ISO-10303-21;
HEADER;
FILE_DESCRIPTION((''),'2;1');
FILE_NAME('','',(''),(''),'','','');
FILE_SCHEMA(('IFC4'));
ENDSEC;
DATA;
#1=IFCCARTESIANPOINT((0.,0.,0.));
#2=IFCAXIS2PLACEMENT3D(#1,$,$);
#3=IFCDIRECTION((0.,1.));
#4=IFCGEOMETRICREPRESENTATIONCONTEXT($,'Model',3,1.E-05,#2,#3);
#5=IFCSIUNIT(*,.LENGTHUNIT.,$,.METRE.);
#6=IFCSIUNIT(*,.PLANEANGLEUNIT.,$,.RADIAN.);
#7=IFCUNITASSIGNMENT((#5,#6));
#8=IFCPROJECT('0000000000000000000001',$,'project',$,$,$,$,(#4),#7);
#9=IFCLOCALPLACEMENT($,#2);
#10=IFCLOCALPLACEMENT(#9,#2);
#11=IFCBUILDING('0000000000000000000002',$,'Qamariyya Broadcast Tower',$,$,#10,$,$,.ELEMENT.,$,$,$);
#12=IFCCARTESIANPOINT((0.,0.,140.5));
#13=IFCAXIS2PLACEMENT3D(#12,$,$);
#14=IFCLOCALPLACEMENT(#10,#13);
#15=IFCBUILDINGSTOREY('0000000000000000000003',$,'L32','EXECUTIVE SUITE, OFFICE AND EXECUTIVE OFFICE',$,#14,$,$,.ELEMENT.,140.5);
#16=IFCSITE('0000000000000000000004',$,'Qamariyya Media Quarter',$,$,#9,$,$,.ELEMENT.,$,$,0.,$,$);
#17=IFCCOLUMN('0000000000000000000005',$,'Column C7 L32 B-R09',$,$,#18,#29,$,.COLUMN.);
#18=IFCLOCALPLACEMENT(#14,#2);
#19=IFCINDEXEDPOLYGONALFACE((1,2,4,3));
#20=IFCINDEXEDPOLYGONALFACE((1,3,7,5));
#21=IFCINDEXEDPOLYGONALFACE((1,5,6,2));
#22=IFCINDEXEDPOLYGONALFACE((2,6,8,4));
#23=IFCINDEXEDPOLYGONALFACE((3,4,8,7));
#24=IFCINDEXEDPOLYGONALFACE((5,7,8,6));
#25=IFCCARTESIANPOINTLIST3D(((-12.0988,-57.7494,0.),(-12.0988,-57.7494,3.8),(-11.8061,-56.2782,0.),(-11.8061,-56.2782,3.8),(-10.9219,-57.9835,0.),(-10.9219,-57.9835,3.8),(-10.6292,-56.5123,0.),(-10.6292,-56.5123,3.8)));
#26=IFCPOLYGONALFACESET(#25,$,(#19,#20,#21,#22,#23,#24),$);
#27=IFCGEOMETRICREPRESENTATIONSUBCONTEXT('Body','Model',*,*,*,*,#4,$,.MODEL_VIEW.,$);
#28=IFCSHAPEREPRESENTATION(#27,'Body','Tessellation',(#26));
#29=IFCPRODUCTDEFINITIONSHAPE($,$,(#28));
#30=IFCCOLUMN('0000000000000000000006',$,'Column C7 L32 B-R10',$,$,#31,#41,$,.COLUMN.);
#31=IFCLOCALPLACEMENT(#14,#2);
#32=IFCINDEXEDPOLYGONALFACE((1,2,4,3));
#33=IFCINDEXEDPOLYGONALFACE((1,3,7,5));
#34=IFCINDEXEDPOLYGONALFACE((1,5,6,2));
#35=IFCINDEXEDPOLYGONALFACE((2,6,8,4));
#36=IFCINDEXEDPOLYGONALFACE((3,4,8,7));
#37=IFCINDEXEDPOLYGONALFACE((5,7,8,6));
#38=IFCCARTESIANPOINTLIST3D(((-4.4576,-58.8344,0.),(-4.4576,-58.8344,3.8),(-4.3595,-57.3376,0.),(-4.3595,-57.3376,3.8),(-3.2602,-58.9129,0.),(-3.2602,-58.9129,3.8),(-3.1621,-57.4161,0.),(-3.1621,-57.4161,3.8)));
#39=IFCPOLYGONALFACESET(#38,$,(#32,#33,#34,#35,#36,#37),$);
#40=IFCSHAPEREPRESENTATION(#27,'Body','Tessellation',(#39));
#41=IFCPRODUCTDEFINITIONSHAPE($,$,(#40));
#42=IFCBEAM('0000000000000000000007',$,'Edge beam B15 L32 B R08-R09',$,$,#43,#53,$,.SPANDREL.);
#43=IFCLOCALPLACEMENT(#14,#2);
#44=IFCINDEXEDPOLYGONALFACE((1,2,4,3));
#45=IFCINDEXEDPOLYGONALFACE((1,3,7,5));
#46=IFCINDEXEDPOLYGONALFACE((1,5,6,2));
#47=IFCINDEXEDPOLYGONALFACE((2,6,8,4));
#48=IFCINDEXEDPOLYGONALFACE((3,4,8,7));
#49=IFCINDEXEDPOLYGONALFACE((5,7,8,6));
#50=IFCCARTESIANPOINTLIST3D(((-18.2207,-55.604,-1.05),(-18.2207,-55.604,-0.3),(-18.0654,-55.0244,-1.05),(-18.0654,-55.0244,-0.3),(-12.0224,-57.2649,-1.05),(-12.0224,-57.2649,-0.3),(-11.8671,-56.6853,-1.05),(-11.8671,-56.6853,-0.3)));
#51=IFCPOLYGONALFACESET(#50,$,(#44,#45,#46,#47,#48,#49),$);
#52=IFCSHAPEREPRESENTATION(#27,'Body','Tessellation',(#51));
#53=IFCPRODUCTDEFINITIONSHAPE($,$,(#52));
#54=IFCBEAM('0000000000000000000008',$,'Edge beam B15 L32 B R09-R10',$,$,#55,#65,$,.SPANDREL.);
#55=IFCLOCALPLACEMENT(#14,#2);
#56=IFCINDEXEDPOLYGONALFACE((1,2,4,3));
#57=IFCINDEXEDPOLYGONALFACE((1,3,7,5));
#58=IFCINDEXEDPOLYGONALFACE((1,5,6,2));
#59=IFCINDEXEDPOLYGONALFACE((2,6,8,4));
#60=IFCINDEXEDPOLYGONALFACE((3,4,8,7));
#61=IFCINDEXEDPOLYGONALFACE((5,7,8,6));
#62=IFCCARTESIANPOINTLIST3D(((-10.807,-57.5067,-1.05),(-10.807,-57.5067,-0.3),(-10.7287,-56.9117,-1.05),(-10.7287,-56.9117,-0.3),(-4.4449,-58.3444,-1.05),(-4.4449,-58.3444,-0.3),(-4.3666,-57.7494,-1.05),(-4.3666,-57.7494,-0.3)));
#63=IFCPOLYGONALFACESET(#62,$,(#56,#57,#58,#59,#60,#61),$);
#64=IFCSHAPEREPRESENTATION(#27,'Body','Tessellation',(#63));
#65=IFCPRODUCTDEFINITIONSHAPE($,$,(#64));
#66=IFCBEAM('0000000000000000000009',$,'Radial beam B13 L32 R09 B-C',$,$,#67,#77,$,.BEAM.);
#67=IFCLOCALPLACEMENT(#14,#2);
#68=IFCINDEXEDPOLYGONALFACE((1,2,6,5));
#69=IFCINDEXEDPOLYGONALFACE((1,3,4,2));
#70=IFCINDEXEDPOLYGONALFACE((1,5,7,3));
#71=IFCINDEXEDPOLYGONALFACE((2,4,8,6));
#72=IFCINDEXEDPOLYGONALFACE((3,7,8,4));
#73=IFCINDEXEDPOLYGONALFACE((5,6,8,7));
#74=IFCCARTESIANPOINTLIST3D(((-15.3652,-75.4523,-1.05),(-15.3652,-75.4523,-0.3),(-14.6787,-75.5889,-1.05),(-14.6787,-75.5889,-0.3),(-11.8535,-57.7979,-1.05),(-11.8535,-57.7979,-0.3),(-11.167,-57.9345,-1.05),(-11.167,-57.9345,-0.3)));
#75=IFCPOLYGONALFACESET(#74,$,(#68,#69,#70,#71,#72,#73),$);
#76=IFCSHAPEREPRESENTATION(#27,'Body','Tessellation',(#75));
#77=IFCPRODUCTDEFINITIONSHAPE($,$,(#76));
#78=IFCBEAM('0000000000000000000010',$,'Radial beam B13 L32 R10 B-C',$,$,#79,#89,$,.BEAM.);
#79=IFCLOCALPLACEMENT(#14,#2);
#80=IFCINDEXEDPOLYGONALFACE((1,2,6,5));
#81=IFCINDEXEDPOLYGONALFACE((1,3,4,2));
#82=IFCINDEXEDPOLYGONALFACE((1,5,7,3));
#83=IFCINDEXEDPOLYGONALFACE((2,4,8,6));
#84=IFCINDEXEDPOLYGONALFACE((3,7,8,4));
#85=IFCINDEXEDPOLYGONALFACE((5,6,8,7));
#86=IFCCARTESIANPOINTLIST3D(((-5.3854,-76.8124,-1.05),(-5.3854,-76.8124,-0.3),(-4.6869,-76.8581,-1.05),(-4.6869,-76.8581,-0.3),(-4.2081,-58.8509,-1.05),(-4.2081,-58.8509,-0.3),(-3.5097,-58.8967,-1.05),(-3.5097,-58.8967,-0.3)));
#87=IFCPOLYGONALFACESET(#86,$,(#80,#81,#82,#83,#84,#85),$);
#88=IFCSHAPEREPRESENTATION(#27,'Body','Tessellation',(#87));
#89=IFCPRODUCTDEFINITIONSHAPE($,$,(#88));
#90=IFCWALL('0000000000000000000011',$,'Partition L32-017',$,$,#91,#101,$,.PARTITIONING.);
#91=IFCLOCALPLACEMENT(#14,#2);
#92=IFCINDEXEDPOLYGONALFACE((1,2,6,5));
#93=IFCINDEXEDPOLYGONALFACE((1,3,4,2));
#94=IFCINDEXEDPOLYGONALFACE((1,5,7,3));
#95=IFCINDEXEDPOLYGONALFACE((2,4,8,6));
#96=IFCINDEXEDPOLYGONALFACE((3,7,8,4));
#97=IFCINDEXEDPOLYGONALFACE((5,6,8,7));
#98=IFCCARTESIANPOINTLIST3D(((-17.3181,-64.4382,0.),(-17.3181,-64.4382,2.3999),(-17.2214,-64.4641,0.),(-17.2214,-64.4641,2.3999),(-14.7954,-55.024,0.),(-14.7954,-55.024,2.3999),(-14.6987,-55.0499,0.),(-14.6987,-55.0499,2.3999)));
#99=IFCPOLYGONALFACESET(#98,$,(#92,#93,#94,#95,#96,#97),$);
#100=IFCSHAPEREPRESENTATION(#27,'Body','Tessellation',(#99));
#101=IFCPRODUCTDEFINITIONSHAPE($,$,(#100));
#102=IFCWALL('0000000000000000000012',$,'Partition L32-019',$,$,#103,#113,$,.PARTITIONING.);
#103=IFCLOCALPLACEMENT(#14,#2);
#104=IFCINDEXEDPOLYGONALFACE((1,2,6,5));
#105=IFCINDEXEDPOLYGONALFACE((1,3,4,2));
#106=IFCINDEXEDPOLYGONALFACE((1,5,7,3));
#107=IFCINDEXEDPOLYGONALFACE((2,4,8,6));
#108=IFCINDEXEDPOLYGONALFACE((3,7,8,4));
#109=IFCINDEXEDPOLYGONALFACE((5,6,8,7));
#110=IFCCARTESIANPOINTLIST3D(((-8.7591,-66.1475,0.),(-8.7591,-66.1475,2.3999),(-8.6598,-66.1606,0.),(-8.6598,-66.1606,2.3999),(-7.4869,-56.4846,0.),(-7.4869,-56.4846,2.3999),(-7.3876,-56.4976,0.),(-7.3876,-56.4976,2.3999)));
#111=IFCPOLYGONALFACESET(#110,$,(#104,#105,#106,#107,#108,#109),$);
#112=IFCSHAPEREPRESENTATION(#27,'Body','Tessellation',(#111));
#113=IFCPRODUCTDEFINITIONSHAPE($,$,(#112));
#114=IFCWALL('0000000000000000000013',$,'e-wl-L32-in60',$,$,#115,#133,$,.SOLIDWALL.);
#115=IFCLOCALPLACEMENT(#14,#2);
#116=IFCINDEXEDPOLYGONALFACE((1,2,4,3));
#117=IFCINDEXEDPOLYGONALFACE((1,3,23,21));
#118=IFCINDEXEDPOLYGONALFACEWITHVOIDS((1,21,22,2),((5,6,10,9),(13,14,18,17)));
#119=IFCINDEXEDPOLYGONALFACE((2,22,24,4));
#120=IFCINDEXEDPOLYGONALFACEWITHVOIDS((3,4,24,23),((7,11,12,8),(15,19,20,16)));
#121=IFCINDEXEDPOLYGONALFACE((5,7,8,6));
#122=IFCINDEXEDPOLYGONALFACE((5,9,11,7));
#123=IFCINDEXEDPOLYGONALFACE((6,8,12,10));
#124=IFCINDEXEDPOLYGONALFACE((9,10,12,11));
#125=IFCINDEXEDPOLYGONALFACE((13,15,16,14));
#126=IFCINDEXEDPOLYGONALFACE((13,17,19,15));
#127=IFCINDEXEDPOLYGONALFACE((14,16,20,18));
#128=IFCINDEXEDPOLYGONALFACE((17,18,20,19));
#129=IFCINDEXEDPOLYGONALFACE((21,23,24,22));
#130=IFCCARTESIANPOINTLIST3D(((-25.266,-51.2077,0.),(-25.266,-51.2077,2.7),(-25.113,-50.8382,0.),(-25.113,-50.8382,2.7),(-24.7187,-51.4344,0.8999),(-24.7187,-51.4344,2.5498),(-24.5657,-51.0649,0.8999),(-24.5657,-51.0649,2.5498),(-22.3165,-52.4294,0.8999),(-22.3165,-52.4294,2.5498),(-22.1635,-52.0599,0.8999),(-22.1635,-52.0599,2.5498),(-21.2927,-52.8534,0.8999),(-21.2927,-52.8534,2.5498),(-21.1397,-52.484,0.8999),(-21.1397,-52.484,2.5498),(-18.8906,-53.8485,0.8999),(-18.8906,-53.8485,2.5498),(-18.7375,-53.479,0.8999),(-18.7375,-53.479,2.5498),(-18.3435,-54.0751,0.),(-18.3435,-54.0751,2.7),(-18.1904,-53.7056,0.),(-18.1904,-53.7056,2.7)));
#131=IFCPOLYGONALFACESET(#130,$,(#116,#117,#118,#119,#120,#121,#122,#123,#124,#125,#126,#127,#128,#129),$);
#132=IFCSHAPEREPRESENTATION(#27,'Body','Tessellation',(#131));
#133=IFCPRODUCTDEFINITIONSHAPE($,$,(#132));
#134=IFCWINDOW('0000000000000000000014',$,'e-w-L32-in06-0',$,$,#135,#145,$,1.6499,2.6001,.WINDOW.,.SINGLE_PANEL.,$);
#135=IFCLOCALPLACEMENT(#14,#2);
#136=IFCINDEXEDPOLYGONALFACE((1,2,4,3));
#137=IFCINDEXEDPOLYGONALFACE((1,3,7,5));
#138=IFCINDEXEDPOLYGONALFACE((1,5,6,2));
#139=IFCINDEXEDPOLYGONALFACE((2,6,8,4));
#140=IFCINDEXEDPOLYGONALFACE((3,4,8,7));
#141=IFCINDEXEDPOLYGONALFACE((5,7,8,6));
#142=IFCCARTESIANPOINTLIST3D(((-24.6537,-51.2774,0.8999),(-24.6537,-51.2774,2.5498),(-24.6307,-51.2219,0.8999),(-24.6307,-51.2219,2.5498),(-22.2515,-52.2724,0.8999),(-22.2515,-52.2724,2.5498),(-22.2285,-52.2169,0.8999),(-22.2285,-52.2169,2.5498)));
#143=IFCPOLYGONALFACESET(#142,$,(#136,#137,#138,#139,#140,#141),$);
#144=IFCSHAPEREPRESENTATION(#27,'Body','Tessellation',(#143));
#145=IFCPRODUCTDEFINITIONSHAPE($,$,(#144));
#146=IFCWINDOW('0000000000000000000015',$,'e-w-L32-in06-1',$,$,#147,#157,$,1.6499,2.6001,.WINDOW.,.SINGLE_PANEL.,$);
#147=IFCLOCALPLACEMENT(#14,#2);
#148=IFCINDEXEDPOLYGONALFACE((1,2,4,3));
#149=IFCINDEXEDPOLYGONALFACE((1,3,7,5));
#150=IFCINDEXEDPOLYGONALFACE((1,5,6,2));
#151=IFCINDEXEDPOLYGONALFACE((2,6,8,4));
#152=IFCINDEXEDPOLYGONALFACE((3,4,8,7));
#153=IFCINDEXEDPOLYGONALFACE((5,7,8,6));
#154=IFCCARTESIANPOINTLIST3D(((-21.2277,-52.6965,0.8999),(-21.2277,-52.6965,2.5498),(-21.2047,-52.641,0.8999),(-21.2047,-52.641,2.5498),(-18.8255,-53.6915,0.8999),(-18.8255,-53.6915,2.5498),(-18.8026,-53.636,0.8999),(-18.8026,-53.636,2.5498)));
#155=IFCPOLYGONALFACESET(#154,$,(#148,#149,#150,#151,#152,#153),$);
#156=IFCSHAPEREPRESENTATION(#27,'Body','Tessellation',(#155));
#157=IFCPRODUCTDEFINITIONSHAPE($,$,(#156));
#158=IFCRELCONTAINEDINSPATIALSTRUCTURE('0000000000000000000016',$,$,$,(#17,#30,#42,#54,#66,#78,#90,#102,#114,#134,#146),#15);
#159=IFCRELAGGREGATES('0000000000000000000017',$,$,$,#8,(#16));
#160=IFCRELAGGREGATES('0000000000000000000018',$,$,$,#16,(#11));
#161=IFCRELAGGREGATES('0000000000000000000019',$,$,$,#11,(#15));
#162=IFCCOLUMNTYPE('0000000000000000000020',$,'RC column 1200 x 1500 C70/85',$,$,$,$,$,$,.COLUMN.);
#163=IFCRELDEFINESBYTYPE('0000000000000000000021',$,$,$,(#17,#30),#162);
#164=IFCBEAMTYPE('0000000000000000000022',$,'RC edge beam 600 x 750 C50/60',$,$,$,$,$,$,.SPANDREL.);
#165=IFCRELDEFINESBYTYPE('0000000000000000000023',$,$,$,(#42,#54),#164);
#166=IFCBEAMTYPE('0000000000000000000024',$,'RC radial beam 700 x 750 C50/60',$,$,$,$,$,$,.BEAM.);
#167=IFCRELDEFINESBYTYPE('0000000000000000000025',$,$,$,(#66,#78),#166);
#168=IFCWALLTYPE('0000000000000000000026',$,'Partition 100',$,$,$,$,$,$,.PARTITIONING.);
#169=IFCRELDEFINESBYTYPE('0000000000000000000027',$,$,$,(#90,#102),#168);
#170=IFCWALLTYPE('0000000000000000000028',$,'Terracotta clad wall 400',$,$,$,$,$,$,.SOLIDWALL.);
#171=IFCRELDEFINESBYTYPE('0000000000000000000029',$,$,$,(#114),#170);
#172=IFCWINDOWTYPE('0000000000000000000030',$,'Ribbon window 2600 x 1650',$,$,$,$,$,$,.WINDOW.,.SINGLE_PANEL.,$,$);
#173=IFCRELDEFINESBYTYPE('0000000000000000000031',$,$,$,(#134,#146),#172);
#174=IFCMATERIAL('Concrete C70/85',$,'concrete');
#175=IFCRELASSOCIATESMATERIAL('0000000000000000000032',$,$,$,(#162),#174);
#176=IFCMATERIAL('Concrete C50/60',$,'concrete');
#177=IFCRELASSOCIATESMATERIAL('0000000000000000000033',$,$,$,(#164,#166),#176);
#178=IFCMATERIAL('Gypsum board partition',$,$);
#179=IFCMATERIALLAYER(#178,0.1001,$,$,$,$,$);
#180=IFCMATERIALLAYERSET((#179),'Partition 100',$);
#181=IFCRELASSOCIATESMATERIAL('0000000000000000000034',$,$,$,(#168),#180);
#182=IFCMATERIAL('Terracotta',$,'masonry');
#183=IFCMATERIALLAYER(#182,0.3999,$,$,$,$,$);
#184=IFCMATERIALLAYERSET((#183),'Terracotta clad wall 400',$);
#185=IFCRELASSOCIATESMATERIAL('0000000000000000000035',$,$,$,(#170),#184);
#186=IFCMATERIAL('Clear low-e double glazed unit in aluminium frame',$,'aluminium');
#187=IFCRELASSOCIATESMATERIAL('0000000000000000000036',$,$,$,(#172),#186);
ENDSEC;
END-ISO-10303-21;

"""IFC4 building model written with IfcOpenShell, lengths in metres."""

from ifc_helpers import new_model, si_unit, direction, frame, frame_2d, origin, origin_2d, place, context, subcontext, project, spatial, rectangle, extrude, material, layer, layer_set, material_profile, profile_set, type_object, element, fill, save


model = new_model("IFC4")

# Units and contexts
model_context = context("Model", 3, precision=1e-05, world=origin(), true_north=direction((0.0, 1.0)))
body_context = subcontext(model_context, "Body", "Model", "MODEL_VIEW")
ifc_project = project(units=[si_unit("LENGTHUNIT", "METRE"), si_unit("PLANEANGLEUNIT", "RADIAN")], contexts=[model_context])

# Site, building, storey
site_placement = place(None, origin())
site = spatial("IfcSite", under=ifc_project, at=site_placement, Name="Qamariyya Media Quarter", CompositionType="ELEMENT", RefElevation=0.0)
building_placement = place(site_placement, origin())
building = spatial("IfcBuilding", under=site, at=building_placement, Name="Qamariyya Broadcast Tower", CompositionType="ELEMENT")
storey_placement = place(building_placement, frame((0.0, 0.0, 140.5)))
storey = spatial("IfcBuildingStorey", under=building, at=storey_placement, Name="L32", Description="EXECUTIVE SUITE, OFFICE AND EXECUTIVE OFFICE", CompositionType="ELEMENT", Elevation=140.5)

# Columns
ifc_material_1 = material(Name="Concrete C70/85", Category="concrete")
ifc_material_profile_1 = material_profile(ifc_material_1, rectangle(XDim=1.2, YDim=1.5, at=origin_2d()))
ifc_profile_set_1 = profile_set([ifc_material_profile_1], Name="Concrete C70/85")
column_type = type_object("IfcColumnType", Name="RC column 1200 x 1500 C70/85", PredefinedType="COLUMN", material=ifc_profile_set_1)
for number, where, z_axis, x_axis, name in (
    (1, (-11.364, -57.1309, 0.0), (0.0, 0.0, 1.0), (0.980785, -0.19509, 0.0), "Column C7 L32 B-R09"),
    (2, (-3.8098, -58.1252, 0.0), (0.0, 0.0, 1.0), (0.997859, -0.065403, 0.0), "Column C7 L32 B-R10"),
):
    element("IfcColumn", number, at=place(storey_placement, frame(where, z_axis=z_axis, x_axis=x_axis)), inside=storey, type_object=column_type, Name=name, PredefinedType="COLUMN", context=body_context, shape_type="SweptSolid", body=[
        extrude(rectangle(XDim=1.2, YDim=1.5, at=origin_2d()), origin(), (0.0, 0.0, 1.0), 3.8),
    ])

# Beams
ifc_material_2 = material(Name="Concrete C50/60", Category="concrete")
ifc_material_profile_2 = material_profile(ifc_material_2, rectangle(XDim=0.6001, YDim=0.75, at=origin_2d()))
ifc_profile_set_2 = profile_set([ifc_material_profile_2], Name="Concrete C50/60")
beam_type_1 = type_object("IfcBeamType", Name="RC edge beam 600 x 750 C50/60", PredefinedType="SPANDREL", material=ifc_profile_set_2)
for number, where, z_axis, x_axis, name in (
    (3, (-18.1431, -55.3142, -0.675), (0.965923, -0.25883, 0.0), (0.25883, 0.965923, 0.0), "Edge beam B15 L32 B R08-R09"),
    (4, (-10.7678, -57.2092, -0.675), (0.991444, -0.130536, 0.0), (0.130536, 0.991444, 0.0), "Edge beam B15 L32 B R09-R10"),
):
    element("IfcBeam", number, at=place(storey_placement, frame(where, z_axis=z_axis, x_axis=x_axis)), inside=storey, type_object=beam_type_1, Name=name, PredefinedType="SPANDREL", context=body_context, shape_type="SweptSolid", body=[
        extrude(rectangle(XDim=0.6001, YDim=0.75, at=origin_2d()), origin(), (0.0, 0.0, 1.0), 6.417),
    ])
ifc_material_profile_3 = material_profile(ifc_material_2, rectangle(XDim=0.7, YDim=0.75, at=origin_2d()))
ifc_profile_set_3 = profile_set([ifc_material_profile_3], Name="Concrete C50/60")
beam_type_2 = type_object("IfcBeamType", Name="RC radial beam 700 x 750 C50/60", PredefinedType="BEAM", material=ifc_profile_set_3)
beam_1_placement = place(storey_placement, frame((-11.5103, -57.8662, -0.675), z_axis=(-0.195094, -0.980785, 0.0), x_axis=(0.980785, -0.195094, 0.0)))
element("IfcBeam", 5, at=beam_1_placement, inside=storey, type_object=beam_type_2, Name="Radial beam B13 L32 R09 B-C", PredefinedType="BEAM", context=body_context, shape_type="SweptSolid", body=[
    extrude(rectangle(XDim=0.7, YDim=0.75, at=origin_2d()), origin(), (0.0, 0.0, 1.0), 18.0002),
])
beam_2_placement = place(storey_placement, frame((-3.8589, -58.8738, -0.675), z_axis=(-0.065403, -0.997859, 0.0), x_axis=(0.997859, -0.065403, 0.0)))
element("IfcBeam", 6, at=beam_2_placement, inside=storey, type_object=beam_type_2, Name="Radial beam B13 L32 R10 B-C", PredefinedType="BEAM", context=body_context, shape_type="SweptSolid", body=[
    extrude(rectangle(XDim=0.7, YDim=0.75, at=origin_2d()), origin(), (0.0, 0.0, 1.0), 18.0),
])

# Walls
ifc_material_3 = material(Name="Gypsum board partition")
ifc_layer_1 = layer(ifc_material_3, 0.1001)
ifc_layer_set_1 = layer_set([ifc_layer_1], Name="Partition 100")
wall_type_1 = type_object("IfcWallType", Name="Partition 100", PredefinedType="PARTITIONING", material=ifc_layer_set_1)
for number, where, z_axis, x_axis, name in (
    (7, (-14.7471, -55.0371, 0.0), (0.0, 0.0, 1.0), (-0.258833, -0.965922, 0.0), "Partition L32-017"),
    (8, (-7.4373, -56.4912, 0.0), (0.0, 0.0, 1.0), (-0.130534, -0.991444, 0.0), "Partition L32-019"),
):
    element("IfcWall", number, at=place(storey_placement, frame(where, z_axis=z_axis, x_axis=x_axis)), inside=storey, type_object=wall_type_1, Name=name, PredefinedType="PARTITIONING", context=body_context, shape_type="SweptSolid", body=[
        extrude(rectangle(XDim=9.7463, YDim=0.1001, at=frame_2d((4.873, 0.0))), origin(), (0.0, 0.0, 1.0), 2.3999),
    ])

# Wall, openings, windows
ifc_material_4 = material(Name="Terracotta", Category="masonry")
ifc_layer_2 = layer(ifc_material_4, 0.3999)
ifc_layer_set_2 = layer_set([ifc_layer_2], Name="Terracotta clad wall 400")
wall_type_2 = type_object("IfcWallType", Name="Terracotta clad wall 400", PredefinedType="SOLIDWALL", material=ifc_layer_set_2)
wall_1_placement = place(storey_placement, frame((-18.2668, -53.8904, 0.0), z_axis=(0.0, 0.0, 1.0), x_axis=(-0.92388, 0.382683, 0.0)))
wall_1 = element("IfcWall", 9, at=wall_1_placement, inside=storey, type_object=wall_type_2, Name="e-wl-L32-in60", PredefinedType="SOLIDWALL", context=body_context, shape_type="SweptSolid", body=[
    extrude(rectangle(XDim=7.4929, YDim=0.3999, at=frame_2d((3.7466, 0.0))), origin(), (0.0, 0.0, 1.0), 2.7),
])
opening_1_placement = place(wall_1_placement, frame((4.3005, 0.0, 0.8999)))
opening_1 = element("IfcOpeningElement", 10, at=opening_1_placement, cuts=wall_1, PredefinedType="OPENING", context=body_context, shape_type="SweptSolid", body=[
    extrude(rectangle(XDim=2.6001, YDim=1.6499, at=frame_2d((1.3, 0.825))), frame((0.0, 0.21, 0.0), z_axis=(0.0, -1.0, 0.0), x_axis=(1.0, 0.0, 0.0)), (0.0, 0.0, 1.0), 0.4199),
])
opening_2_placement = place(wall_1_placement, frame((0.5923, 0.0, 0.8999)))
opening_2 = element("IfcOpeningElement", 11, at=opening_2_placement, cuts=wall_1, PredefinedType="OPENING", context=body_context, shape_type="SweptSolid", body=[
    extrude(rectangle(XDim=2.6001, YDim=1.6499, at=frame_2d((1.3, 0.825))), frame((0.0, 0.21, 0.0), z_axis=(0.0, -1.0, 0.0), x_axis=(1.0, 0.0, 0.0)), (0.0, 0.0, 1.0), 0.4199),
])
ifc_material_5 = material(Name="Clear low-e double glazed unit in aluminium frame", Category="aluminium")
window_type = type_object("IfcWindowType", Name="Ribbon window 2600 x 1650", PartitioningType="SINGLE_PANEL", PredefinedType="WINDOW", material=ifc_material_5)
window_1_placement = place(opening_1_placement, origin())
window_1 = element("IfcWindow", 12, at=window_1_placement, inside=storey, type_object=window_type, Name="e-w-L32-in06-0", OverallHeight=1.6499, OverallWidth=2.6001, PartitioningType="SINGLE_PANEL", PredefinedType="WINDOW", context=body_context, shape_type="SweptSolid", body=[
    extrude(rectangle(XDim=2.6001, YDim=1.6499, at=frame_2d((1.3, 0.825))), frame((0.0, 0.03, 0.0), z_axis=(0.0, -1.0, 0.0), x_axis=(1.0, 0.0, 0.0)), (0.0, 0.0, 1.0), 0.0601),
])
fill(opening_1, window_1)
window_2_placement = place(opening_2_placement, origin())
window_2 = element("IfcWindow", 13, at=window_2_placement, inside=storey, type_object=window_type, Name="e-w-L32-in06-1", OverallHeight=1.6499, OverallWidth=2.6001, PartitioningType="SINGLE_PANEL", PredefinedType="WINDOW", context=body_context, shape_type="SweptSolid", body=[
    extrude(rectangle(XDim=2.6001, YDim=1.6499, at=frame_2d((1.3, 0.825))), frame((0.0, 0.03, 0.0), z_axis=(0.0, -1.0, 0.0), x_axis=(1.0, 0.0, 0.0)), (0.0, 0.0, 1.0), 0.0601),
])
fill(opening_2, window_2)

save(model, "model.ifc")
